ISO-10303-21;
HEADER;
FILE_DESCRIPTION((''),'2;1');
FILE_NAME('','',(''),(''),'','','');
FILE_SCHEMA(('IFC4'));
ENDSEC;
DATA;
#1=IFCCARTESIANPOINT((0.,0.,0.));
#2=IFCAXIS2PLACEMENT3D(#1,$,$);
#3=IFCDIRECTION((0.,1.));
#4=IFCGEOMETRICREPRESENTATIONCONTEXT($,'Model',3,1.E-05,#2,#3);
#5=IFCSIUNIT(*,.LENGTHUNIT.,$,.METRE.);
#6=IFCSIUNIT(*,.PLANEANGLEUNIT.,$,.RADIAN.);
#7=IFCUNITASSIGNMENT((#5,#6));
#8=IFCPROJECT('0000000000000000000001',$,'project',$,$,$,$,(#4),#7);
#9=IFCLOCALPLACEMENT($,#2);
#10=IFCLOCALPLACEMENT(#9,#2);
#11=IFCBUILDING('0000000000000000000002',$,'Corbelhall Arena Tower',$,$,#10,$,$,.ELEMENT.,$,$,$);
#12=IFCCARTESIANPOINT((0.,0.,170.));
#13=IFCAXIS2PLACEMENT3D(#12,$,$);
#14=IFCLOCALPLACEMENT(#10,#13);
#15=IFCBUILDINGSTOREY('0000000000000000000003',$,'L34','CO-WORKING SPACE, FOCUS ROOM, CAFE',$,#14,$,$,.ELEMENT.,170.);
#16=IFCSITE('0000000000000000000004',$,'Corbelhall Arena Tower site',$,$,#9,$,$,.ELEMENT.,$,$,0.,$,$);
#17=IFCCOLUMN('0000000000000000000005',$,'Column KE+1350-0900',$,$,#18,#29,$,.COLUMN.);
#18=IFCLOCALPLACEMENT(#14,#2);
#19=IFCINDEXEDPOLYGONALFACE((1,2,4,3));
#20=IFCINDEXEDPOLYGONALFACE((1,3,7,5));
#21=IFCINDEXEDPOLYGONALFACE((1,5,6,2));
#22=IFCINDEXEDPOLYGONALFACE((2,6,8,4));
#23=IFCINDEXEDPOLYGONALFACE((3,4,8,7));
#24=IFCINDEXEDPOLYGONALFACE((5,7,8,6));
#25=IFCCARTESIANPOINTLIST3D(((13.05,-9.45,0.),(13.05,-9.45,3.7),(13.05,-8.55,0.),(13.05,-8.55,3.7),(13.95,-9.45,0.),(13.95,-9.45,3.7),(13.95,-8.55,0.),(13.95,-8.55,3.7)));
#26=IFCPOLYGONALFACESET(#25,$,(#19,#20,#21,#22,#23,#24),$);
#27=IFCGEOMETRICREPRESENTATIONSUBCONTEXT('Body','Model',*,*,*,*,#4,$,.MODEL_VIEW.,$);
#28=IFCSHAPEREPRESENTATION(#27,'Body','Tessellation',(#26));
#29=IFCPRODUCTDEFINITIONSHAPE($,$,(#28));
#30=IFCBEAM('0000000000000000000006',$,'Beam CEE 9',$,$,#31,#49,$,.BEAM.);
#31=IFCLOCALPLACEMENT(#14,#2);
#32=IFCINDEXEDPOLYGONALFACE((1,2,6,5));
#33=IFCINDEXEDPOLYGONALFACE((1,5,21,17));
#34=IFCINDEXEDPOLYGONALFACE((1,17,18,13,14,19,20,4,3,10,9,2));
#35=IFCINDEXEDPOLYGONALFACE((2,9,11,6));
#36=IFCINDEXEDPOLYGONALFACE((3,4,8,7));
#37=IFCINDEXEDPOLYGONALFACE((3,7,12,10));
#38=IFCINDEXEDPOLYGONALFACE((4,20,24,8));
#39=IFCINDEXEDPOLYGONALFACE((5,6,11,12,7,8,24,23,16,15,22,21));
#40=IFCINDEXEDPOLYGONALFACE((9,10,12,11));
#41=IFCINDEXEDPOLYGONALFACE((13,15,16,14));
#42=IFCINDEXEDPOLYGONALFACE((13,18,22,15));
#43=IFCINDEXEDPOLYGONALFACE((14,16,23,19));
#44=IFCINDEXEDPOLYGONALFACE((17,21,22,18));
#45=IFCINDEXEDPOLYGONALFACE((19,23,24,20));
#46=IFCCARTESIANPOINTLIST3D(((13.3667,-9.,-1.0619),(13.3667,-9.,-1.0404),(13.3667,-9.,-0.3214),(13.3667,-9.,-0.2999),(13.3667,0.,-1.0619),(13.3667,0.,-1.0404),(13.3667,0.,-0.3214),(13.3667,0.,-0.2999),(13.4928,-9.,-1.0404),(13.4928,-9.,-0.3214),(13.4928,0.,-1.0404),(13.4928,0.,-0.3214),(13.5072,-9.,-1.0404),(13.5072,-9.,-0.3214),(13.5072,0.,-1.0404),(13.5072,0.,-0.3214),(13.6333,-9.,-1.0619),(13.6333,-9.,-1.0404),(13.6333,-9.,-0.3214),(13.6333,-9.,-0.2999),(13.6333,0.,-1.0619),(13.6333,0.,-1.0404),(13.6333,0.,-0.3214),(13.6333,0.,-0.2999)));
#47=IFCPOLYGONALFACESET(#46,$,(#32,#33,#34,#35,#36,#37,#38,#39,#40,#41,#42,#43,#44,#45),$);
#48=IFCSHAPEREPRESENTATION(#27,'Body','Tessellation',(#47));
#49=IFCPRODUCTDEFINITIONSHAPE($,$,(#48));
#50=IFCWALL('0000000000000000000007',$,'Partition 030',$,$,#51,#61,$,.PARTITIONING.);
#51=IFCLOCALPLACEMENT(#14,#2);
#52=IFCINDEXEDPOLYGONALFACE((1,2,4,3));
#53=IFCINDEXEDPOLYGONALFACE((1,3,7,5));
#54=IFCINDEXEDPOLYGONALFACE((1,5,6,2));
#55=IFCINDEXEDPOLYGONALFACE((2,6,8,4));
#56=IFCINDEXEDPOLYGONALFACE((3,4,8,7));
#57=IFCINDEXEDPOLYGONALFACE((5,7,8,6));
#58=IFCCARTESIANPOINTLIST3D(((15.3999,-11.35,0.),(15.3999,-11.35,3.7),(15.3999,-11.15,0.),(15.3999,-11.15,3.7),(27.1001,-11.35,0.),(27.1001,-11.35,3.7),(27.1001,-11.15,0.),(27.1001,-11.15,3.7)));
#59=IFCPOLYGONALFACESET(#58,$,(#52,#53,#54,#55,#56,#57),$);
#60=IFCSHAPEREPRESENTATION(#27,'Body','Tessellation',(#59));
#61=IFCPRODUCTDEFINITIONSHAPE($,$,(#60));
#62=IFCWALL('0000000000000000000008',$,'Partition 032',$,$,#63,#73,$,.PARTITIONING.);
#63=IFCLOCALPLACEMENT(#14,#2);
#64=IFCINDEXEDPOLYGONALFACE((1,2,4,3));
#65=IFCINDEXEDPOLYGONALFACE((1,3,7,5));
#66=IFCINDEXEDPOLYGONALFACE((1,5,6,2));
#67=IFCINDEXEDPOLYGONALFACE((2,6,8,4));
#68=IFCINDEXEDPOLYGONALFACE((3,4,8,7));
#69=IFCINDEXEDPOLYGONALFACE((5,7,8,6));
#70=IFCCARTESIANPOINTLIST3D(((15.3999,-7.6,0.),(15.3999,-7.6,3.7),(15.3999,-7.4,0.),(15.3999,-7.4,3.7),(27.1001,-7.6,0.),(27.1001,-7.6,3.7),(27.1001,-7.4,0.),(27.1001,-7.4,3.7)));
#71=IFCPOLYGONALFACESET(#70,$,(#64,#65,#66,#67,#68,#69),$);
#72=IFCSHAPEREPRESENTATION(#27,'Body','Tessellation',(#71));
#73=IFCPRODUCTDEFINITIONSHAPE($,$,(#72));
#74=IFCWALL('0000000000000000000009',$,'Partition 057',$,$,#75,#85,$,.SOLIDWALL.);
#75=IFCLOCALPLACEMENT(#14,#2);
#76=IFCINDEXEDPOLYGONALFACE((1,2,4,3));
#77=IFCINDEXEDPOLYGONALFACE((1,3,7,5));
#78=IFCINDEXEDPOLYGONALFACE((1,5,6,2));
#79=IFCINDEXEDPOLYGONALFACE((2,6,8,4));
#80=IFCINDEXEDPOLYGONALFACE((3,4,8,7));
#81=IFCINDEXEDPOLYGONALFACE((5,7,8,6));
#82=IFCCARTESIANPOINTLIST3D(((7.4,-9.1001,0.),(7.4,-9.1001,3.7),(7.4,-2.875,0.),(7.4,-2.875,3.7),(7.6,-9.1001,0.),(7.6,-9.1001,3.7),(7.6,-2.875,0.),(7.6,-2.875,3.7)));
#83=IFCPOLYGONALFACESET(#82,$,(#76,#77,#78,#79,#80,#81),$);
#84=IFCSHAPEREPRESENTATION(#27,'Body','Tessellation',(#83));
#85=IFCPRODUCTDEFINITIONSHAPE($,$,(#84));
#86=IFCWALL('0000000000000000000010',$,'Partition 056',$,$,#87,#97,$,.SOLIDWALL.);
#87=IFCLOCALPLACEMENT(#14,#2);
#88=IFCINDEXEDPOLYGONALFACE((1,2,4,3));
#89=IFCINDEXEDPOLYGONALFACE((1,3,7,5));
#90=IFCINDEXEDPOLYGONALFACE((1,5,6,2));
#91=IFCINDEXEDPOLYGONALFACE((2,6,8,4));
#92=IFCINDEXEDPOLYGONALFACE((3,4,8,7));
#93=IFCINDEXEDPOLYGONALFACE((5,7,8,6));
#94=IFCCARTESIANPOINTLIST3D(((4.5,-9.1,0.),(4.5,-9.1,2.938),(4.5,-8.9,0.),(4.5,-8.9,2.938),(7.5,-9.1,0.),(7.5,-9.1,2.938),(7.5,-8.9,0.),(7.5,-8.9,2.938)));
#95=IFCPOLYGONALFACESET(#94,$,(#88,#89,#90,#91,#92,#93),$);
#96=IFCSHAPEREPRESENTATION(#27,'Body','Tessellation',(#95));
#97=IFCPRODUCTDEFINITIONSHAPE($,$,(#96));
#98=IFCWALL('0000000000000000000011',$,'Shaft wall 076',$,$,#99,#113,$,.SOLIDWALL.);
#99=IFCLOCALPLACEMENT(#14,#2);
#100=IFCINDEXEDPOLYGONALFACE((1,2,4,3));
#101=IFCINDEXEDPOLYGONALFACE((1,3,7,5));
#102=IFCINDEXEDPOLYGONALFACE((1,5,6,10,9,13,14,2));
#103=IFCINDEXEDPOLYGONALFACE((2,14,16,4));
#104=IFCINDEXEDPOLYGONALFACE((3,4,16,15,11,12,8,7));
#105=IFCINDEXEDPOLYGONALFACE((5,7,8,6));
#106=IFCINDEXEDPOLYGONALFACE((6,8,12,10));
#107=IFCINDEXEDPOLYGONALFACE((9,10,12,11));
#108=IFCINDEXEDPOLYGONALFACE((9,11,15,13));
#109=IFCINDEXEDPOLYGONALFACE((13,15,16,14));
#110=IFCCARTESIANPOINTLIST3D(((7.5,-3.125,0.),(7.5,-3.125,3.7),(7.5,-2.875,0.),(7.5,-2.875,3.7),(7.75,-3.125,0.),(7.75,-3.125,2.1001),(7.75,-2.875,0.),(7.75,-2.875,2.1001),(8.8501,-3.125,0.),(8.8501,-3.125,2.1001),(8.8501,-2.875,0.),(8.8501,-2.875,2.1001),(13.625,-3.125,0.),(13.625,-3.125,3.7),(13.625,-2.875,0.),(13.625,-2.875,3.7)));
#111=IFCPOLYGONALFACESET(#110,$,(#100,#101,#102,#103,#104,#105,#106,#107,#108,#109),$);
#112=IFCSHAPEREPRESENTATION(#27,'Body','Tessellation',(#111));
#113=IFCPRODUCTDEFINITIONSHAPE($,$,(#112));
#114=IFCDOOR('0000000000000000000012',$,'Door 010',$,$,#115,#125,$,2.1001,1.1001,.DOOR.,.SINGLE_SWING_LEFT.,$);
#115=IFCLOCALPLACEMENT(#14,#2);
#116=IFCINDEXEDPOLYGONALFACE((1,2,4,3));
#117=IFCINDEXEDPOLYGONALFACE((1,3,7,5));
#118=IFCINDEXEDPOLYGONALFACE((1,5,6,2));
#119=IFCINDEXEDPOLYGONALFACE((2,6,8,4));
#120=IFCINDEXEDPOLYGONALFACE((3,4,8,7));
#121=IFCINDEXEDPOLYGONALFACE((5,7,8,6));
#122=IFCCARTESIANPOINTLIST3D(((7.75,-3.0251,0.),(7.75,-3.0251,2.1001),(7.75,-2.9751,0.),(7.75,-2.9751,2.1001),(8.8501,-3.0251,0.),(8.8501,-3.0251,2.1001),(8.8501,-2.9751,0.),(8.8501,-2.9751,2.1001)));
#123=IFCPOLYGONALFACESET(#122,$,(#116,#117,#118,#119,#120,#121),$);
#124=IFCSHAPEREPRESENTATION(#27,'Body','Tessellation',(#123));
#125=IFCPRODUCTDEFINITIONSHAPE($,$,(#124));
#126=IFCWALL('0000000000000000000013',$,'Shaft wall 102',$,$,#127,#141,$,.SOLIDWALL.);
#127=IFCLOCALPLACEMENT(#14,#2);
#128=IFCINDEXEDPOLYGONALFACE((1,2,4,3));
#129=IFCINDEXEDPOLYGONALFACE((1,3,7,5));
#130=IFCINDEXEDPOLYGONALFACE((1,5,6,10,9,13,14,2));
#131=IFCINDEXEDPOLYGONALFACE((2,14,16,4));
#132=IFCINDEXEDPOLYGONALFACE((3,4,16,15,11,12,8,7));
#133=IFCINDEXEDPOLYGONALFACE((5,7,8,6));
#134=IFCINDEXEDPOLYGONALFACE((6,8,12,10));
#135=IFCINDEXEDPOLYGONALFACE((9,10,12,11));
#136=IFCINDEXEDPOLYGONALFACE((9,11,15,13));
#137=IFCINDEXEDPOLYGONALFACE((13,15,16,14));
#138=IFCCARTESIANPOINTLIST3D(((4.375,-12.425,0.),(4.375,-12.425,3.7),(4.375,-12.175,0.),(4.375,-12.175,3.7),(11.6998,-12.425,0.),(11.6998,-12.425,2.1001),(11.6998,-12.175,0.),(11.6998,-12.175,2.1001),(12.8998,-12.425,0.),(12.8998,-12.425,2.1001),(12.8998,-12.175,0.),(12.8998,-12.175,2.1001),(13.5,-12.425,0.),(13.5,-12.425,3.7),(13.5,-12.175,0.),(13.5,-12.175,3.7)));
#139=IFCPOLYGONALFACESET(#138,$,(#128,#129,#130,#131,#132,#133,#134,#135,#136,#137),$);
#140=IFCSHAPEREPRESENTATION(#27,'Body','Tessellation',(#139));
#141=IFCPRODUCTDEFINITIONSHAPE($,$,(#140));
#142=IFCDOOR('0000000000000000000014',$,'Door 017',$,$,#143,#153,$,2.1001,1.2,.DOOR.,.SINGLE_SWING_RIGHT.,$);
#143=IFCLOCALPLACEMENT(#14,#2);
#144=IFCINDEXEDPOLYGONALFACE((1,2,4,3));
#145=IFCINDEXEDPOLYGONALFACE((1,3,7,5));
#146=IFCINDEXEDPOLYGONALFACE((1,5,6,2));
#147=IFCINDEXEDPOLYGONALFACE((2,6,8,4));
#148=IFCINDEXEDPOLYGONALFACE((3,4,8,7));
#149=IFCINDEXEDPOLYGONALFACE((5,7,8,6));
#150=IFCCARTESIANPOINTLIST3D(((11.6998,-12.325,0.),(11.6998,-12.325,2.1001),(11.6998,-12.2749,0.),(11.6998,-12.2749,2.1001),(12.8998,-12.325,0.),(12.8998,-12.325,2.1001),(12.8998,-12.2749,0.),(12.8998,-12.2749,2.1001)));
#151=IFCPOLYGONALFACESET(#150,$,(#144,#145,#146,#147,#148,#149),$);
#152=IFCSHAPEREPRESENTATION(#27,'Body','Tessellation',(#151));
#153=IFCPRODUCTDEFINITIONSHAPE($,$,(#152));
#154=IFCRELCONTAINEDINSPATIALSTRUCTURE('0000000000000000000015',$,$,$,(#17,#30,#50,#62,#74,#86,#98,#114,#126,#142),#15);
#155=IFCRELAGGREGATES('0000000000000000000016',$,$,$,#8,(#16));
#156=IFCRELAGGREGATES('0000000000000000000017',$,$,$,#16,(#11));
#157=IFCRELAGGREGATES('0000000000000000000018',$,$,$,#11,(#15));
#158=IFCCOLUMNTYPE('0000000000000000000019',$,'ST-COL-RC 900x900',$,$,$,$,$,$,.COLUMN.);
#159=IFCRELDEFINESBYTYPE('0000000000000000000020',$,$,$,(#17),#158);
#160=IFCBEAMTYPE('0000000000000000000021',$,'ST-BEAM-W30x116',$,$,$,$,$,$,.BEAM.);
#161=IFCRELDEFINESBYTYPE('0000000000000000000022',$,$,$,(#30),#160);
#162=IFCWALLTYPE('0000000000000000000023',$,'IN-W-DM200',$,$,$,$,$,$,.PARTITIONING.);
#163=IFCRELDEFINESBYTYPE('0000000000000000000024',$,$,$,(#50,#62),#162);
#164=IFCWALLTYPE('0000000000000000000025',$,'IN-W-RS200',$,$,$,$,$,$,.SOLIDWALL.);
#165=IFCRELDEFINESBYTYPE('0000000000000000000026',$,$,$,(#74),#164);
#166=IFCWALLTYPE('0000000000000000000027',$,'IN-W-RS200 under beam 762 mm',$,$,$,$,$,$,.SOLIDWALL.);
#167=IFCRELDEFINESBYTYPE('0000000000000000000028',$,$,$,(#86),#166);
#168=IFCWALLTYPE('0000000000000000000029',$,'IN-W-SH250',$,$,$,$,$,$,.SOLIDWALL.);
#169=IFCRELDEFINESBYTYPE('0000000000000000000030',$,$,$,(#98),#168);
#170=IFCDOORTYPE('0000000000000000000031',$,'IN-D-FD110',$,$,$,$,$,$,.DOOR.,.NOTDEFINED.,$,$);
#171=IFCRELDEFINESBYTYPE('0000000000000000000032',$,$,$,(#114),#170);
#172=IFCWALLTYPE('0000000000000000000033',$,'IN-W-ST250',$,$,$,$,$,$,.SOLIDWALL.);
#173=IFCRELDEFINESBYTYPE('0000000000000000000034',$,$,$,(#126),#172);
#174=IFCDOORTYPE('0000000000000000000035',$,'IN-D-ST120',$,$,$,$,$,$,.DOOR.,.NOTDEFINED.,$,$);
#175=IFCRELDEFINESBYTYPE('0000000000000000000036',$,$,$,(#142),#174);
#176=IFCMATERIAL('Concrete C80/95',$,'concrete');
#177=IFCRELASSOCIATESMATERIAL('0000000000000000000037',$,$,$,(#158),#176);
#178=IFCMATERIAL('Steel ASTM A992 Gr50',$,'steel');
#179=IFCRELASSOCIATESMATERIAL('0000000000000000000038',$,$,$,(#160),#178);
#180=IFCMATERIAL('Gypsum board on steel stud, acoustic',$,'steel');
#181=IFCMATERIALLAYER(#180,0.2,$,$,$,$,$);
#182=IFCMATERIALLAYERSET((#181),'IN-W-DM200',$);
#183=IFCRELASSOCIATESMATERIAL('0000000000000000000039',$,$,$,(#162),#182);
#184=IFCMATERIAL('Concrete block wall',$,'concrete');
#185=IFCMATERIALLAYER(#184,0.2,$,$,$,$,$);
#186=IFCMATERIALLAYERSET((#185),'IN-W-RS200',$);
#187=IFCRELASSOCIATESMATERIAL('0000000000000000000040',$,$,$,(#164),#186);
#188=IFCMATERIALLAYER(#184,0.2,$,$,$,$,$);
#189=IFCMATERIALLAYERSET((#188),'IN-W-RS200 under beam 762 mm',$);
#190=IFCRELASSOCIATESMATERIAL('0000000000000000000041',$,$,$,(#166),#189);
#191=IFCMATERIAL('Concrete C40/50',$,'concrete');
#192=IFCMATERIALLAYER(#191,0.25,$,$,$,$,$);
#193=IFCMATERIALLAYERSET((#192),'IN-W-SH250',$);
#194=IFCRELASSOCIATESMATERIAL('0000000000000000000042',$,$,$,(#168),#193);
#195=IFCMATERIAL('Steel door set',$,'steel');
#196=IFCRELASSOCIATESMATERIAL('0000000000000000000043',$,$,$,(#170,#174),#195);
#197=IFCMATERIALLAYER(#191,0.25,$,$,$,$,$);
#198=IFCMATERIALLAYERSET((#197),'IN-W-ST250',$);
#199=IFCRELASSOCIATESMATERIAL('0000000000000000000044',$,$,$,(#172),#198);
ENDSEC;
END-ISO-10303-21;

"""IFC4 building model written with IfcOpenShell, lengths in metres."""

from ifc_helpers import new_model, si_unit, direction, frame, frame_2d, origin, origin_2d, place, context, subcontext, project, spatial, rectangle, i_section, extrude, material, layer, layer_set, material_profile, profile_set, type_object, element, fill, save


model = new_model("IFC4")

# Units and contexts
model_context = context("Model", 3, precision=1e-05, world=origin(), true_north=direction((0.0, 1.0)))
body_context = subcontext(model_context, "Body", "Model", "MODEL_VIEW")
ifc_project = project(units=[si_unit("LENGTHUNIT", "METRE"), si_unit("PLANEANGLEUNIT", "RADIAN")], contexts=[model_context])

# Site, building, storey
site_placement = place(None, origin())
site = spatial("IfcSite", under=ifc_project, at=site_placement, Name="Corbelhall Arena Tower site", CompositionType="ELEMENT", RefElevation=0.0)
building_placement = place(site_placement, origin())
building = spatial("IfcBuilding", under=site, at=building_placement, Name="Corbelhall Arena Tower", CompositionType="ELEMENT")
storey_placement = place(building_placement, frame((0.0, 0.0, 170.0)))
storey = spatial("IfcBuildingStorey", under=building, at=storey_placement, Name="L34", Description="CO-WORKING SPACE, FOCUS ROOM, CAFE", CompositionType="ELEMENT", Elevation=170.0)

# Column
ifc_material_1 = material(Name="Concrete C80/95", Category="concrete")
ifc_material_profile_1 = material_profile(ifc_material_1, rectangle(XDim=0.8999, YDim=0.8999, at=origin_2d()))
ifc_profile_set_1 = profile_set([ifc_material_profile_1], Name="Concrete C80/95")
column_type = type_object("IfcColumnType", Name="ST-COL-RC 900x900", PredefinedType="COLUMN", material=ifc_profile_set_1)
column_placement = place(storey_placement, frame((13.5, -9.0, 0.0), z_axis=(0.0, 0.0, 1.0), x_axis=(1.0, 0.0, 0.0)))
element("IfcColumn", 1, at=column_placement, inside=storey, type_object=column_type, Name="Column KE+1350-0900", PredefinedType="COLUMN", context=body_context, shape_type="SweptSolid", body=[
    extrude(rectangle(XDim=0.8999, YDim=0.8999, at=origin_2d()), origin(), (0.0, 0.0, 1.0), 3.7),
])

# Beam
ifc_material_2 = material(Name="Steel ASTM A992 Gr50", Category="steel")
ifc_material_profile_2 = material_profile(ifc_material_2, i_section(OverallWidth=0.2666, OverallDepth=0.762, WebThickness=0.0144, FlangeThickness=0.0215, at=origin_2d()))
ifc_profile_set_2 = profile_set([ifc_material_profile_2], Name="Steel ASTM A992 Gr50")
beam_type = type_object("IfcBeamType", Name="ST-BEAM-W30x116", PredefinedType="BEAM", material=ifc_profile_set_2)
beam_placement = place(storey_placement, frame((13.5, -9.0, -0.6809), z_axis=(0.0, 1.0, 0.0), x_axis=(-1.0, 0.0, 0.0)))
element("IfcBeam", 2, at=beam_placement, inside=storey, type_object=beam_type, Name="Beam CEE 9", PredefinedType="BEAM", context=body_context, shape_type="SweptSolid", body=[
    extrude(i_section(OverallWidth=0.2666, OverallDepth=0.762, WebThickness=0.0144, FlangeThickness=0.0215, at=origin_2d()), origin(), (0.0, 0.0, 1.0), 9.0),
])

# Wall
ifc_material_3 = material(Name="Gypsum board on steel stud, acoustic", Category="steel")
ifc_layer_1 = layer(ifc_material_3, 0.2)
ifc_layer_set_1 = layer_set([ifc_layer_1], Name="IN-W-DM200")
wall_type_1 = type_object("IfcWallType", Name="IN-W-DM200", PredefinedType="PARTITIONING", material=ifc_layer_set_1)
wall_1_placement = place(storey_placement, frame((15.3999, -11.25, 0.0), z_axis=(0.0, 0.0, 1.0), x_axis=(1.0, 0.0, 0.0)))
element("IfcWall", 3, at=wall_1_placement, inside=storey, type_object=wall_type_1, Name="Partition 030", PredefinedType="PARTITIONING", context=body_context, shape_type="SweptSolid", body=[
    extrude(rectangle(XDim=11.7002, YDim=0.2, at=frame_2d((5.8501, 0.0))), origin(), (0.0, 0.0, 1.0), 3.7),
])

# Shared definitions
ifc_material_4 = material(Name="Steel door set", Category="steel")

# Wall
wall_2_placement = place(storey_placement, frame((15.3999, -7.5, 0.0), z_axis=(0.0, 0.0, 1.0), x_axis=(1.0, 0.0, 0.0)))
element("IfcWall", 4, at=wall_2_placement, inside=storey, type_object=wall_type_1, Name="Partition 032", PredefinedType="PARTITIONING", context=body_context, shape_type="SweptSolid", body=[
    extrude(rectangle(XDim=11.7002, YDim=0.2, at=frame_2d((5.8501, 0.0))), origin(), (0.0, 0.0, 1.0), 3.7),
])

# Walls
ifc_material_5 = material(Name="Concrete block wall", Category="concrete")
ifc_layer_2 = layer(ifc_material_5, 0.2)
ifc_layer_set_2 = layer_set([ifc_layer_2], Name="IN-W-RS200")
wall_type_2 = type_object("IfcWallType", Name="IN-W-RS200", PredefinedType="SOLIDWALL", material=ifc_layer_set_2)
wall_3_placement = place(storey_placement, frame((7.5, -2.875, 0.0), z_axis=(0.0, 0.0, 1.0), x_axis=(0.0, -1.0, 0.0)))
element("IfcWall", 5, at=wall_3_placement, inside=storey, type_object=wall_type_2, Name="Partition 057", PredefinedType="SOLIDWALL", context=body_context, shape_type="SweptSolid", body=[
    extrude(rectangle(XDim=6.2251, YDim=0.2, at=frame_2d((3.1125, 0.0))), origin(), (0.0, 0.0, 1.0), 3.7),
])
ifc_layer_3 = layer(ifc_material_5, 0.2)
ifc_layer_set_3 = layer_set([ifc_layer_3], Name="IN-W-RS200 under beam 762 mm")
wall_type_3 = type_object("IfcWallType", Name="IN-W-RS200 under beam 762 mm", PredefinedType="SOLIDWALL", material=ifc_layer_set_3)
wall_4_placement = place(storey_placement, frame((7.5, -9.0, 0.0), z_axis=(0.0, 0.0, 1.0), x_axis=(-1.0, 0.0, 0.0)))
element("IfcWall", 6, at=wall_4_placement, inside=storey, type_object=wall_type_3, Name="Partition 056", PredefinedType="SOLIDWALL", context=body_context, shape_type="SweptSolid", body=[
    extrude(rectangle(XDim=3.0, YDim=0.2, at=frame_2d((1.5, 0.0))), origin(), (0.0, 0.0, 1.0), 2.938),
])

# Walls, openings, doors
ifc_material_6 = material(Name="Concrete C40/50", Category="concrete")
ifc_layer_4 = layer(ifc_material_6, 0.25)
ifc_layer_set_4 = layer_set([ifc_layer_4], Name="IN-W-SH250")
wall_type_4 = type_object("IfcWallType", Name="IN-W-SH250", PredefinedType="SOLIDWALL", material=ifc_layer_set_4)
wall_5_placement = place(storey_placement, frame((7.5, -3.0, 0.0), z_axis=(0.0, 0.0, 1.0), x_axis=(1.0, 0.0, 0.0)))
wall_5 = element("IfcWall", 7, at=wall_5_placement, inside=storey, type_object=wall_type_4, Name="Shaft wall 076", PredefinedType="SOLIDWALL", context=body_context, shape_type="SweptSolid", body=[
    extrude(rectangle(XDim=6.125, YDim=0.25, at=frame_2d((3.0625, 0.0))), origin(), (0.0, 0.0, 1.0), 3.7),
])
opening_1_placement = place(wall_5_placement, frame((0.25, 0.0, 0.0)))
opening_1 = element("IfcOpeningElement", 8, at=opening_1_placement, cuts=wall_5, PredefinedType="OPENING", context=body_context, shape_type="SweptSolid", body=[
    extrude(rectangle(XDim=1.1001, YDim=2.1001, at=frame_2d((0.55, 1.05))), frame((0.0, 0.125, 0.0), z_axis=(0.0, -1.0, 0.0), x_axis=(1.0, 0.0, 0.0)), (0.0, 0.0, 1.0), 0.25),
])
door_type_1 = type_object("IfcDoorType", Name="IN-D-FD110", OperationType="NOTDEFINED", PredefinedType="DOOR", material=ifc_material_4)
door_1_placement = place(opening_1_placement, origin())
door_1 = element("IfcDoor", 9, at=door_1_placement, inside=storey, type_object=door_type_1, Name="Door 010", OperationType="SINGLE_SWING_LEFT", OverallHeight=2.1001, OverallWidth=1.1001, PredefinedType="DOOR", context=body_context, shape_type="SweptSolid", body=[
    extrude(rectangle(XDim=1.1001, YDim=2.1001, at=frame_2d((0.55, 1.05))), frame((0.0, 0.0249, 0.0), z_axis=(0.0, -1.0, 0.0), x_axis=(1.0, 0.0, 0.0)), (0.0, 0.0, 1.0), 0.05),
])
fill(opening_1, door_1)
ifc_layer_5 = layer(ifc_material_6, 0.25)
ifc_layer_set_5 = layer_set([ifc_layer_5], Name="IN-W-ST250")
wall_type_5 = type_object("IfcWallType", Name="IN-W-ST250", PredefinedType="SOLIDWALL", material=ifc_layer_set_5)
wall_6_placement = place(storey_placement, frame((13.5, -12.3, 0.0), z_axis=(0.0, 0.0, 1.0), x_axis=(-1.0, 0.0, 0.0)))
wall_6 = element("IfcWall", 10, at=wall_6_placement, inside=storey, type_object=wall_type_5, Name="Shaft wall 102", PredefinedType="SOLIDWALL", context=body_context, shape_type="SweptSolid", body=[
    extrude(rectangle(XDim=9.125, YDim=0.25, at=frame_2d((4.5625, 0.0))), origin(), (0.0, 0.0, 1.0), 3.7),
])
opening_2_placement = place(wall_6_placement, frame((0.6001, 0.0, 0.0)))
opening_2 = element("IfcOpeningElement", 11, at=opening_2_placement, cuts=wall_6, PredefinedType="OPENING", context=body_context, shape_type="SweptSolid", body=[
    extrude(rectangle(XDim=1.2, YDim=2.1001, at=frame_2d((0.6001, 1.05))), frame((0.0, 0.125, 0.0), z_axis=(0.0, -1.0, 0.0), x_axis=(1.0, 0.0, 0.0)), (0.0, 0.0, 1.0), 0.25),
])
door_type_2 = type_object("IfcDoorType", Name="IN-D-ST120", OperationType="NOTDEFINED", PredefinedType="DOOR", material=ifc_material_4)
door_2_placement = place(opening_2_placement, origin())
door_2 = element("IfcDoor", 12, at=door_2_placement, inside=storey, type_object=door_type_2, Name="Door 017", OperationType="SINGLE_SWING_RIGHT", OverallHeight=2.1001, OverallWidth=1.2, PredefinedType="DOOR", context=body_context, shape_type="SweptSolid", body=[
    extrude(rectangle(XDim=1.2, YDim=2.1001, at=frame_2d((0.6001, 1.05))), frame((0.0, 0.0249, 0.0), z_axis=(0.0, -1.0, 0.0), x_axis=(1.0, 0.0, 0.0)), (0.0, 0.0, 1.0), 0.05),
])
fill(opening_2, door_2)

save(model, "model.ifc")
